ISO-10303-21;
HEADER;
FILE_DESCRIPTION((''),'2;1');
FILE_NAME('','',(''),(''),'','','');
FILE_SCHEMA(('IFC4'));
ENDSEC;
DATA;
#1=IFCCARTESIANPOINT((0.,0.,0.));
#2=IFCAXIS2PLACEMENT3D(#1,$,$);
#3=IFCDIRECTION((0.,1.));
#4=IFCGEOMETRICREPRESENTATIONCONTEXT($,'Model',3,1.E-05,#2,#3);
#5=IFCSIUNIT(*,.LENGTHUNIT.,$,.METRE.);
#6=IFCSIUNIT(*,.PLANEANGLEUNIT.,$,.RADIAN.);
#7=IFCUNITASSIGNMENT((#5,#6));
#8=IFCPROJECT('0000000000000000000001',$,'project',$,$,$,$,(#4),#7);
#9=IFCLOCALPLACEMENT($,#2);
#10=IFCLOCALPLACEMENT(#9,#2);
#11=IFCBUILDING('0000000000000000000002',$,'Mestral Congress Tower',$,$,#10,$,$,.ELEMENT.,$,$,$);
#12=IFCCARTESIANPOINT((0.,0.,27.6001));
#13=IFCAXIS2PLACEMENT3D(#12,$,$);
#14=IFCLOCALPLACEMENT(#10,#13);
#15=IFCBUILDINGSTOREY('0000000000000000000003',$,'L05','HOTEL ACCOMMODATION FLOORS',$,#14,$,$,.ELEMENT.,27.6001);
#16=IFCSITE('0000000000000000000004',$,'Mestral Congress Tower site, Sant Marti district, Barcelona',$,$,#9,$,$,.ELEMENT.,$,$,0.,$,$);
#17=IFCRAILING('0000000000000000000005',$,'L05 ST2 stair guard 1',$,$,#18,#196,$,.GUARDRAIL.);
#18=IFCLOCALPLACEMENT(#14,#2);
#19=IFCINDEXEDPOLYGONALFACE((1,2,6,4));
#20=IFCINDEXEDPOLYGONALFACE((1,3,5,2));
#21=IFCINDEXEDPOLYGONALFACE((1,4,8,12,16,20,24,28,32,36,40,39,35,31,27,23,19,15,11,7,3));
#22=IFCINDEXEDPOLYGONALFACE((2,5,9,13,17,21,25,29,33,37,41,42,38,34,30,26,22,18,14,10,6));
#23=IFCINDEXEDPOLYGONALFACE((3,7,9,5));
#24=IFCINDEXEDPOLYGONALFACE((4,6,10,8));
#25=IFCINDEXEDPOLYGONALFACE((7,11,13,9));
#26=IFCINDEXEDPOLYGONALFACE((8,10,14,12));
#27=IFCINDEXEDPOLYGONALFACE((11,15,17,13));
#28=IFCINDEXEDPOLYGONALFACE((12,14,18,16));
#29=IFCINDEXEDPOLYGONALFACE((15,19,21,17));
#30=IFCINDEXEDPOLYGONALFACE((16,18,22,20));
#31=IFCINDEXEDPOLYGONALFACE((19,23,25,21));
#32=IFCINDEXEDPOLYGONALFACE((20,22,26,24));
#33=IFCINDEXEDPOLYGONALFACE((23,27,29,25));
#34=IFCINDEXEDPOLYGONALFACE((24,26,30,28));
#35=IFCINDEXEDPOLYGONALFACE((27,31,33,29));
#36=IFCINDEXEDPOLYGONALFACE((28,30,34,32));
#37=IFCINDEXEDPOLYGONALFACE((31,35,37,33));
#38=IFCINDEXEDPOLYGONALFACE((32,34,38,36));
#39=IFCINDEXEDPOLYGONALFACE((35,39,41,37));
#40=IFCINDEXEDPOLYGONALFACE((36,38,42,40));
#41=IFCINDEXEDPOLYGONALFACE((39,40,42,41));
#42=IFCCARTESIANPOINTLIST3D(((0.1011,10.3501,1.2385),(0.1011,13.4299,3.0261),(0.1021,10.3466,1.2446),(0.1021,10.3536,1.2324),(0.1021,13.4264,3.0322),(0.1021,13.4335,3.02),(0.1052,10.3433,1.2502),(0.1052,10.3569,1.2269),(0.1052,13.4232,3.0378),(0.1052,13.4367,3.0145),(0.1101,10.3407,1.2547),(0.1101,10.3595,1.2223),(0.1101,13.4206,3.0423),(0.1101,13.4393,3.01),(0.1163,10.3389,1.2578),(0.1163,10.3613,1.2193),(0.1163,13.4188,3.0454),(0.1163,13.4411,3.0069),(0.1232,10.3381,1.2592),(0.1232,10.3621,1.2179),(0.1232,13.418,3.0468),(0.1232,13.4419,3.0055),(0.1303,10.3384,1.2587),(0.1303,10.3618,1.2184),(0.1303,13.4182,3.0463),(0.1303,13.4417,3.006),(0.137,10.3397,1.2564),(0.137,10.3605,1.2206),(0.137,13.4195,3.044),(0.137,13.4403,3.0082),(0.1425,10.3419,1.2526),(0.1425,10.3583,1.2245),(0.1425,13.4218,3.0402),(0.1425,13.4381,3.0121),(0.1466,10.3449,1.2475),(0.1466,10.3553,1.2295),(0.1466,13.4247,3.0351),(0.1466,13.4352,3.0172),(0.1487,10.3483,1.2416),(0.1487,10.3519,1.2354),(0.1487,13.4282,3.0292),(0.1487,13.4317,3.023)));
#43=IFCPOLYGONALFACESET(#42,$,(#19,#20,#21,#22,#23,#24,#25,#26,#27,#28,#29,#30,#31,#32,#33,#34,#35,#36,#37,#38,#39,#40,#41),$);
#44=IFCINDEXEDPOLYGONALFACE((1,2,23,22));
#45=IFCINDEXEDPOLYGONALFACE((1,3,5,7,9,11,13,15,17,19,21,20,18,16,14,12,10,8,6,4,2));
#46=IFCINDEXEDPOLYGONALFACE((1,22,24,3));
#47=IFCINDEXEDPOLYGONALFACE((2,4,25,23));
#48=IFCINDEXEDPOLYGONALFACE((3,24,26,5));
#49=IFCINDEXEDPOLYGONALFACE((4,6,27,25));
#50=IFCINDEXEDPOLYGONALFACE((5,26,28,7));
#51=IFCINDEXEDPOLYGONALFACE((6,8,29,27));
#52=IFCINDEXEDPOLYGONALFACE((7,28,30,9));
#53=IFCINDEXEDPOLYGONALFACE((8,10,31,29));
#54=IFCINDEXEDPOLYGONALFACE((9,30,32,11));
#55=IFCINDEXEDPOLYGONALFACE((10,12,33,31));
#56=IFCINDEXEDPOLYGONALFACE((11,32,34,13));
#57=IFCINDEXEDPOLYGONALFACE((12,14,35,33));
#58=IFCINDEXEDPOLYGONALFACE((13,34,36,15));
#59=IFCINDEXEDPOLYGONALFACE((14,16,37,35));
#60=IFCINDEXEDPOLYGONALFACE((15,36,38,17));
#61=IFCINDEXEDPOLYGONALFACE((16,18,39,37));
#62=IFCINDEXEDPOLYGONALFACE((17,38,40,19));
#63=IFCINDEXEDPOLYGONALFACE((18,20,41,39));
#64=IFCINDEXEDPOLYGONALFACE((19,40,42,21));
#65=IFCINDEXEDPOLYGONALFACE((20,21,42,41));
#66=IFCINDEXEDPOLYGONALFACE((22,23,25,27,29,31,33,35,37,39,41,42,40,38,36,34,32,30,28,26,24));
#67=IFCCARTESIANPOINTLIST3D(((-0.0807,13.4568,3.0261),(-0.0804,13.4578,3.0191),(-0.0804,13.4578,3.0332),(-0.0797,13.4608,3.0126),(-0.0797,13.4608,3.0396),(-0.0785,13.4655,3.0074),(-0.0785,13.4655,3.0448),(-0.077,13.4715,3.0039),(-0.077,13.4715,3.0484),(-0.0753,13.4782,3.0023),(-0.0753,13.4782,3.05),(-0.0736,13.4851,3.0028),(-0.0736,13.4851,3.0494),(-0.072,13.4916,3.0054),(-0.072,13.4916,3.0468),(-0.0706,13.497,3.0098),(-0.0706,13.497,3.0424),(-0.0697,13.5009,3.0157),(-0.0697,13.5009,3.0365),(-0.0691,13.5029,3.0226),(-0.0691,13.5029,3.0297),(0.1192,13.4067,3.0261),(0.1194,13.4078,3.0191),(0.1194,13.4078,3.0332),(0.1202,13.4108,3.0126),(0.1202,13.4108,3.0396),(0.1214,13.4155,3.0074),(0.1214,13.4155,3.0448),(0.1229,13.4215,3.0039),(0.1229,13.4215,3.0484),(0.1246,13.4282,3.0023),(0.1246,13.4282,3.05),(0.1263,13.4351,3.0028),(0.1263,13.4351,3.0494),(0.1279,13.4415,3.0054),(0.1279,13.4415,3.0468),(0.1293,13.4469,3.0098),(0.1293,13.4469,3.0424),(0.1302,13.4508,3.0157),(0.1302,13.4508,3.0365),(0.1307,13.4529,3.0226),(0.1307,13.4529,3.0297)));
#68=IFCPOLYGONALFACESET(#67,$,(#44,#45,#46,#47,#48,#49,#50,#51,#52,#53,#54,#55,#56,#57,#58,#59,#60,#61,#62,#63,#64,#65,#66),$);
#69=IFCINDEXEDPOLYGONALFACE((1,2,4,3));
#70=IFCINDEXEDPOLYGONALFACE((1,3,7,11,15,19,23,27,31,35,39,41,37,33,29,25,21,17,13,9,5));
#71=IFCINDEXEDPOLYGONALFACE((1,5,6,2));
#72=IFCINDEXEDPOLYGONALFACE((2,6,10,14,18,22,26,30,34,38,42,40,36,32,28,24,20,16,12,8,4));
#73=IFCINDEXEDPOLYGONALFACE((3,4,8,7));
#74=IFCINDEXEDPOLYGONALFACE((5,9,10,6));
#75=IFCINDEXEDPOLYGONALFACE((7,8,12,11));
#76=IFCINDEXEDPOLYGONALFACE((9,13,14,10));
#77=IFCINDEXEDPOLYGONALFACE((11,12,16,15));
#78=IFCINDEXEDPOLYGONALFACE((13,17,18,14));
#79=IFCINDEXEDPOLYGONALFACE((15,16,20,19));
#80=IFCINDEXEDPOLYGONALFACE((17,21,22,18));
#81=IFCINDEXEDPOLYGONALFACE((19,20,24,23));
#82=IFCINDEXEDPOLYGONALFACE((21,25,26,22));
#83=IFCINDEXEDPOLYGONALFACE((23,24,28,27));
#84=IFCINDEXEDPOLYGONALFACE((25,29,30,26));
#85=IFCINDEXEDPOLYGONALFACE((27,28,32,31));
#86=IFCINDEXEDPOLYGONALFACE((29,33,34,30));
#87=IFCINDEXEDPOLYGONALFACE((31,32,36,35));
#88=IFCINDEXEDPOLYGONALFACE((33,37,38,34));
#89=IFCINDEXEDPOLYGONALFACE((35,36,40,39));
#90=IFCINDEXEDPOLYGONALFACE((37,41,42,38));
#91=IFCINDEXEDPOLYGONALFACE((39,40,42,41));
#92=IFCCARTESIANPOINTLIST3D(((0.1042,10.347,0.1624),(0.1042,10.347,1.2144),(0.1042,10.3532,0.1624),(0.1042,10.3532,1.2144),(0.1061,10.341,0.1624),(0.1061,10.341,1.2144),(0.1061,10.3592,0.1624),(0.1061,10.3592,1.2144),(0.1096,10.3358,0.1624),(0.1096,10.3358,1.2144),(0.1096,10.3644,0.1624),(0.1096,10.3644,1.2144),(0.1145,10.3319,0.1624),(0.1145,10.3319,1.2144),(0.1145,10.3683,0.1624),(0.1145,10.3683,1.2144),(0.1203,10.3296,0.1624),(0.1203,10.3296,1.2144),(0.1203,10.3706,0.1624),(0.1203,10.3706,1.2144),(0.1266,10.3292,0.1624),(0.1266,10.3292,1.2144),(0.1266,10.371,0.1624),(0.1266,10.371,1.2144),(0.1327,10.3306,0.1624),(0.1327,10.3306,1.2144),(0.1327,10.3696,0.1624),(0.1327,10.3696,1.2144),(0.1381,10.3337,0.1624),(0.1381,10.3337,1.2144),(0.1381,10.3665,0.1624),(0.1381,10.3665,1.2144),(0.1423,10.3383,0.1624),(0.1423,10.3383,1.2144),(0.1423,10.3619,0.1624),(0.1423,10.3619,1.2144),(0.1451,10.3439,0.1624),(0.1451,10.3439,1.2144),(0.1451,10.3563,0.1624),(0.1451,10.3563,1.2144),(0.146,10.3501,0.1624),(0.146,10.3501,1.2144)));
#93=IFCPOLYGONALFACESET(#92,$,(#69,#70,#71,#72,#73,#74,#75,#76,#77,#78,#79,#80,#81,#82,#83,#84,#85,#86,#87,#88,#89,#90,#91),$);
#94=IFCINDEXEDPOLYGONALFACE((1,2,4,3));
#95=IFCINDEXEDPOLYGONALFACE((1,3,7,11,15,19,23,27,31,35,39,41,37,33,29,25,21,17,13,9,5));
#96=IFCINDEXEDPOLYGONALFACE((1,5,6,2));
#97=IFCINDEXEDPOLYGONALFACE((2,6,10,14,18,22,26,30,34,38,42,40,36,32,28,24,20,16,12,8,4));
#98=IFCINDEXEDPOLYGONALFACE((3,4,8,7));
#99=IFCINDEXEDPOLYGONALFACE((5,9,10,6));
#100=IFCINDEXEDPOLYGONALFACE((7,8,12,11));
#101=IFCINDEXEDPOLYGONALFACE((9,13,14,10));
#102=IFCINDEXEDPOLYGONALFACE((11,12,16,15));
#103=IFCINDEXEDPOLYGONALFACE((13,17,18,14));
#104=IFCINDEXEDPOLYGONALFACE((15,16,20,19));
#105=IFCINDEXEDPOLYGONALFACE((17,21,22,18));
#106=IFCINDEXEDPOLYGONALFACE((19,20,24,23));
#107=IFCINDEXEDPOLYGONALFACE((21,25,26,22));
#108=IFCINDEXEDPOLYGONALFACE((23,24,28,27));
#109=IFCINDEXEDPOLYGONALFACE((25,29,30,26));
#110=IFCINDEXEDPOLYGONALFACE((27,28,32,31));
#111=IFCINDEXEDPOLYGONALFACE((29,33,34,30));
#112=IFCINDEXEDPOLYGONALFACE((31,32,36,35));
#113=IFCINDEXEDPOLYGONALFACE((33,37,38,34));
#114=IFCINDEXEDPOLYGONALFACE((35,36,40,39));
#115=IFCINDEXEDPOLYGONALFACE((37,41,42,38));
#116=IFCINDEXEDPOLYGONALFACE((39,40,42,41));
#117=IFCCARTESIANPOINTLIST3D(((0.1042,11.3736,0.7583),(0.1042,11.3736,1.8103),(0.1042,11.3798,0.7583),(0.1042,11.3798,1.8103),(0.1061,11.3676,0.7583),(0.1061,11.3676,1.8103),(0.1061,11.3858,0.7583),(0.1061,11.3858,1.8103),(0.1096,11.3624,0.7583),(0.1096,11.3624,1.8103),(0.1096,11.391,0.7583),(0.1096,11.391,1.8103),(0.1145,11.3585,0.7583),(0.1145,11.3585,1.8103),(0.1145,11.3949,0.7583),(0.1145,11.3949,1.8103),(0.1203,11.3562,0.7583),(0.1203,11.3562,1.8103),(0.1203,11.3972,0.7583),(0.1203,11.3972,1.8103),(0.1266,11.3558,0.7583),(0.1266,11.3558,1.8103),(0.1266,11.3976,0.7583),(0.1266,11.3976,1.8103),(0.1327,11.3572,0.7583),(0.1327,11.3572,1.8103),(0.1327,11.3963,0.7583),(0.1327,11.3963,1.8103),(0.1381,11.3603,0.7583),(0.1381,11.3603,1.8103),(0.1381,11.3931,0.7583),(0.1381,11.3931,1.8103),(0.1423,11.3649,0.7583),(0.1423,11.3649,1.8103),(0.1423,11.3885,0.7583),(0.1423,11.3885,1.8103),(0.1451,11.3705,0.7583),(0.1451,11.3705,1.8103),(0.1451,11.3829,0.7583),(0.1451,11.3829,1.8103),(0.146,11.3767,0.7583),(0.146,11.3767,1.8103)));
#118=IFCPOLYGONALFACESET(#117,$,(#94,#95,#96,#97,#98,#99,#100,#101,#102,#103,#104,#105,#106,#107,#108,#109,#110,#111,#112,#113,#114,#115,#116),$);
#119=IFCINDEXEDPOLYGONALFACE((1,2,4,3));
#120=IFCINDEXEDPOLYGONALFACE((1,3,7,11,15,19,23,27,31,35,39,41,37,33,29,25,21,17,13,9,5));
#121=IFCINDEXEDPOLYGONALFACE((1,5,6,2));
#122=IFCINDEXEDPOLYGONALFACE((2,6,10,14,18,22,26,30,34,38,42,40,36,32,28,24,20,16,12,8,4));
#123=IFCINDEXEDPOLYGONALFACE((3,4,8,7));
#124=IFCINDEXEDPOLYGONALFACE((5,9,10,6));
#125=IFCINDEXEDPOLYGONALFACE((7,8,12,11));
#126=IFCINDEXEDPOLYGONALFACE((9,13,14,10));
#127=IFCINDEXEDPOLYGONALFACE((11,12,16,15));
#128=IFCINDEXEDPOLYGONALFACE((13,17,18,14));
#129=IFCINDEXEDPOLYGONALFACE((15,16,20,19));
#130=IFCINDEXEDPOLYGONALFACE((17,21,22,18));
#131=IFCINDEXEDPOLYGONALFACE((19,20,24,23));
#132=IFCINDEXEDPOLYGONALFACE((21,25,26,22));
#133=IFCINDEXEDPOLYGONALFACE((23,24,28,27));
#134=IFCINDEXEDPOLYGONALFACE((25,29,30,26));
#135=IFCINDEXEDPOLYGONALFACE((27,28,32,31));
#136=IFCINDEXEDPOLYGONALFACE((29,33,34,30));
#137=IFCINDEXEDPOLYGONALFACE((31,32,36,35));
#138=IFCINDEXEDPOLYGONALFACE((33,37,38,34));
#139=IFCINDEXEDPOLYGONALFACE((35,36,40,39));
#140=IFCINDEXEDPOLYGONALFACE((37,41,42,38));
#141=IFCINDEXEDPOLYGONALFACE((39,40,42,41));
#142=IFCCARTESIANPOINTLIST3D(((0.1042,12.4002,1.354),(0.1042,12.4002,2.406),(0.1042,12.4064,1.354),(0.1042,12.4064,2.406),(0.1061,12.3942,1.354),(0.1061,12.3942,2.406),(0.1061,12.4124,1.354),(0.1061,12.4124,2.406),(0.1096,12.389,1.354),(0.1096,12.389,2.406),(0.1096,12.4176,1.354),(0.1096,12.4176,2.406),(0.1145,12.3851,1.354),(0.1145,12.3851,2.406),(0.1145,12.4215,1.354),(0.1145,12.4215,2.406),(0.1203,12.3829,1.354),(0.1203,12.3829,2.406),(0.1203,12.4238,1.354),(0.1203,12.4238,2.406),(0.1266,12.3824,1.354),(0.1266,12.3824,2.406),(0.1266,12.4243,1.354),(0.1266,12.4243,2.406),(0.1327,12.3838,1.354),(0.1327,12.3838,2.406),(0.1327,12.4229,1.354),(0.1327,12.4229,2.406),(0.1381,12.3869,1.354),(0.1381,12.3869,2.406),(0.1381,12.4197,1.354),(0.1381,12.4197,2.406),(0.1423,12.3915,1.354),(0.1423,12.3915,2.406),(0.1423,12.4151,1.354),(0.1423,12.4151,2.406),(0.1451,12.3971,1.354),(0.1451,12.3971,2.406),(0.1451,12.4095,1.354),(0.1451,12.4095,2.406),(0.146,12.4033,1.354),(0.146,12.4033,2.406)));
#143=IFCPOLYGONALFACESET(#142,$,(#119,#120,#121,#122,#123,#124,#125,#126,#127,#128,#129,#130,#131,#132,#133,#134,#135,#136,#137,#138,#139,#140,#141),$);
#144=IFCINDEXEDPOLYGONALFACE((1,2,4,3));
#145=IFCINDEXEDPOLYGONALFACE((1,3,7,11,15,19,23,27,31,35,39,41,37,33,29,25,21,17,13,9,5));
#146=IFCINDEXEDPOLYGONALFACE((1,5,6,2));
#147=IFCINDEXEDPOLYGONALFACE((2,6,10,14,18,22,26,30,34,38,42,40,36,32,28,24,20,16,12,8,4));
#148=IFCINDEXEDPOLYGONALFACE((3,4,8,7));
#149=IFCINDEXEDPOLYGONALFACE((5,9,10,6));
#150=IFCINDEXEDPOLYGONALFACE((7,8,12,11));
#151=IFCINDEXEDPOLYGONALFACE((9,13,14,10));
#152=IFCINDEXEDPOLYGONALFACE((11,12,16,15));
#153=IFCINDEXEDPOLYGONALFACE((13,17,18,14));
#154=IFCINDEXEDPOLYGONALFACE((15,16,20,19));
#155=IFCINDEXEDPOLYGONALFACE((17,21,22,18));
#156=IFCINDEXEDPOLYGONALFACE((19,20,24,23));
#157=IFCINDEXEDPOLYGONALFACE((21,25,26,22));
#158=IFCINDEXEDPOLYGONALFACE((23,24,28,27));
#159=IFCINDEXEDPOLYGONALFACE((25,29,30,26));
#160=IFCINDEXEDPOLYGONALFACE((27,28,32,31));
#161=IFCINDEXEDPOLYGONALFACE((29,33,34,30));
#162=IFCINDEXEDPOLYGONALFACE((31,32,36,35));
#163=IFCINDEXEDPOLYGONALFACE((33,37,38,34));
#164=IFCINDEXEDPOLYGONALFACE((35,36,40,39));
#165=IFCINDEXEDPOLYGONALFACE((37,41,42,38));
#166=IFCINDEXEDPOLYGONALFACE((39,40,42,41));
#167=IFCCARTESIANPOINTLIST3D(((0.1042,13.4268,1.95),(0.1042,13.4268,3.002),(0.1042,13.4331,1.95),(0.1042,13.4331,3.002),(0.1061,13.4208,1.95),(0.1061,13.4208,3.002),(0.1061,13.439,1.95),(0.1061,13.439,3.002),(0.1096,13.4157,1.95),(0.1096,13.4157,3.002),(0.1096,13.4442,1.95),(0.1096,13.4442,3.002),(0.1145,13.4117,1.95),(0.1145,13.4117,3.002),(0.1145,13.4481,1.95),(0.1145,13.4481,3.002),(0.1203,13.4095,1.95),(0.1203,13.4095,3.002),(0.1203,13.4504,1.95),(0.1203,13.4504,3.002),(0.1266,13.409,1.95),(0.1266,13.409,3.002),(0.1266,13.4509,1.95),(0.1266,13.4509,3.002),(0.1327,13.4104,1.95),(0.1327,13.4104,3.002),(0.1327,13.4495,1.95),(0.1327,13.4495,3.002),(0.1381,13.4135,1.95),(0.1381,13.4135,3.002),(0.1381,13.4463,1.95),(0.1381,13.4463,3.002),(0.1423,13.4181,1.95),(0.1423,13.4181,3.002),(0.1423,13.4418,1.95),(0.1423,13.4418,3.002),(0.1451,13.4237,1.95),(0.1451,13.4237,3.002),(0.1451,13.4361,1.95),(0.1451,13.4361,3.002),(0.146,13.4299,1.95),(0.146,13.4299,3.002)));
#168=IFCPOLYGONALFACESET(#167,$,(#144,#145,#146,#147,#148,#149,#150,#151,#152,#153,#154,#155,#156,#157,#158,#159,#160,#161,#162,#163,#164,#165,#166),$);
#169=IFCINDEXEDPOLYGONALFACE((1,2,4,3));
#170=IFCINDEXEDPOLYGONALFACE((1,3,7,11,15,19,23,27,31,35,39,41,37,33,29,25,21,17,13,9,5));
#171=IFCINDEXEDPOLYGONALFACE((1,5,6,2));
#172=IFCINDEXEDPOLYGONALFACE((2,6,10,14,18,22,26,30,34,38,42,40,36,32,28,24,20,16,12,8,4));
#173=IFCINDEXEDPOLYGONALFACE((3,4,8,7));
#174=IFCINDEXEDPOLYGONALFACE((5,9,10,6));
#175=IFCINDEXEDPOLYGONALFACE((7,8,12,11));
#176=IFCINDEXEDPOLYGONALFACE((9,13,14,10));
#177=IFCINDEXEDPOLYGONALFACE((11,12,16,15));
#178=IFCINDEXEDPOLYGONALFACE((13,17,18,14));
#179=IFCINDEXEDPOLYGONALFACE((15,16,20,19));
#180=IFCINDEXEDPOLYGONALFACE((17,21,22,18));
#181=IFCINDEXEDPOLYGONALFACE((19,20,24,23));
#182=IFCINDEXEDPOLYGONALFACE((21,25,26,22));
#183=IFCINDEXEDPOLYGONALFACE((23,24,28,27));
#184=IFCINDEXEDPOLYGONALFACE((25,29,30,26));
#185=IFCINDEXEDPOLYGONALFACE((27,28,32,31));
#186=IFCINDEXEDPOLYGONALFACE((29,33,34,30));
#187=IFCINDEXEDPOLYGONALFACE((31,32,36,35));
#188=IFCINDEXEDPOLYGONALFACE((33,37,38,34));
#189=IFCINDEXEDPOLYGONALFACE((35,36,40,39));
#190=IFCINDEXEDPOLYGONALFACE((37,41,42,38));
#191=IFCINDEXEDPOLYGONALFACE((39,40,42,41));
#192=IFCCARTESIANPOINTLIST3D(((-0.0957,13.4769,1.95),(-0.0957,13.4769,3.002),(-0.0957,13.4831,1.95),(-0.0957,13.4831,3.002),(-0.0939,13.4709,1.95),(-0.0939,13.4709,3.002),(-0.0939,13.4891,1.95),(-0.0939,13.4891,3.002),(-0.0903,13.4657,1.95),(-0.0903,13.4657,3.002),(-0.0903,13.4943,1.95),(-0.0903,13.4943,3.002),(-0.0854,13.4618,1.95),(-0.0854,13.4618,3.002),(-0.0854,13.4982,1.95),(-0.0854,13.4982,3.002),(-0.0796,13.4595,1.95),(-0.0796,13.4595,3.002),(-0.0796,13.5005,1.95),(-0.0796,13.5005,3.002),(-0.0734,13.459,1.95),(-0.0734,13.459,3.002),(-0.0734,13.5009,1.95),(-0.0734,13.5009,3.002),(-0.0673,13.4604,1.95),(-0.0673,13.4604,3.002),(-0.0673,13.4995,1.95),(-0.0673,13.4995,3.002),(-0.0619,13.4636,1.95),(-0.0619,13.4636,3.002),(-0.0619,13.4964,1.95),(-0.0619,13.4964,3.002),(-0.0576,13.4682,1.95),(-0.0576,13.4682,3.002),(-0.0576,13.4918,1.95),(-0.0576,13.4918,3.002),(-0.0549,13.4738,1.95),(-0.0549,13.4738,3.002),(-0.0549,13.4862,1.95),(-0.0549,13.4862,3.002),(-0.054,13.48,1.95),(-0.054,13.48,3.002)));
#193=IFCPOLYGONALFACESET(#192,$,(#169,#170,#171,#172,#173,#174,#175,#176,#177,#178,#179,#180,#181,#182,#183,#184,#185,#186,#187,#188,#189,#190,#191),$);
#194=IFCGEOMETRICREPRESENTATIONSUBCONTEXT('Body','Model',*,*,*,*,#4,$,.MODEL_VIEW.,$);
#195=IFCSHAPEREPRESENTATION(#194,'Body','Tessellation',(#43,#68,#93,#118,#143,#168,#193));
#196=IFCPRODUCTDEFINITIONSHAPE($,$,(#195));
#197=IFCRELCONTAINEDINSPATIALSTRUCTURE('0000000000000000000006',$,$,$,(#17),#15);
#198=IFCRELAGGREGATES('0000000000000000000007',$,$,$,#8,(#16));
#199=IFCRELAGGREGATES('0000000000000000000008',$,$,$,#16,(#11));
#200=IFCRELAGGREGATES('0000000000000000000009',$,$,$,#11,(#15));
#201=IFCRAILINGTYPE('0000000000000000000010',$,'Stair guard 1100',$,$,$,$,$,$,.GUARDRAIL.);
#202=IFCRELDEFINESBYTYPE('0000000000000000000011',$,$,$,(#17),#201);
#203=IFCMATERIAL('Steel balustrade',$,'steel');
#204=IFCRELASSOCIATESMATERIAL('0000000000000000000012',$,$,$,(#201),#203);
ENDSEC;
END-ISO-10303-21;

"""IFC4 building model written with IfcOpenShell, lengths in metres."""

from ifc_helpers import new_model, si_unit, direction, frame, origin, origin_2d, place, context, subcontext, project, spatial, circle, extrude, material, type_object, element, save


model = new_model("IFC4")

# Units and contexts
model_context = context("Model", 3, precision=1e-05, world=origin(), true_north=direction((0.0, 1.0)))
body_context = subcontext(model_context, "Body", "Model", "MODEL_VIEW")
ifc_project = project(units=[si_unit("LENGTHUNIT", "METRE"), si_unit("PLANEANGLEUNIT", "RADIAN")], contexts=[model_context])

# Site, building, storey
site_placement = place(None, origin())
site = spatial("IfcSite", under=ifc_project, at=site_placement, Name="Mestral Congress Tower site, Sant Marti district, Barcelona", CompositionType="ELEMENT", RefElevation=0.0)
building_placement = place(site_placement, origin())
building = spatial("IfcBuilding", under=site, at=building_placement, Name="Mestral Congress Tower", CompositionType="ELEMENT")
storey_placement = place(building_placement, frame((0.0, 0.0, 27.6001)))
storey = spatial("IfcBuildingStorey", under=building, at=storey_placement, Name="L05", Description="HOTEL ACCOMMODATION FLOORS", CompositionType="ELEMENT", Elevation=27.6001)

# Railing
ifc_material_1 = material(Name="Steel balustrade", Category="steel")
railing_type_1 = type_object("IfcRailingType", Name="Stair guard 1100", PredefinedType="GUARDRAIL", material=ifc_material_1)
railing_1_placement = place(storey_placement, frame((0.125, 10.3501, 0.1624)))
element("IfcRailing", 1, at=railing_1_placement, inside=storey, type_object=railing_type_1, Name="L05 ST2 stair guard 1", PredefinedType="GUARDRAIL", context=body_context, shape_type="SweptSolid", body=[
    extrude(circle(Radius=0.0239, at=origin_2d()), frame((0.0, 0.0, 1.0762), z_axis=(0.0, 0.864873, 0.50199), x_axis=(-1.0, 0.0, 0.0)), (0.0, 0.0, 1.0), 3.561),
    extrude(circle(Radius=0.0239, at=origin_2d()), frame((0.0, 3.0798, 2.8638), z_axis=(-0.970073, 0.242814, 0.0), x_axis=(-0.242814, -0.970073, 0.0)), (0.0, 0.0, 1.0), 0.2061),
    extrude(circle(Radius=0.021, at=origin_2d()), origin(), (0.0, 0.0, 1.0), 1.052),
    extrude(circle(Radius=0.021, at=origin_2d()), frame((0.0, 1.0266, 0.5959)), (0.0, 0.0, 1.0), 1.052),
    extrude(circle(Radius=0.021, at=origin_2d()), frame((0.0, 2.0532, 1.1917)), (0.0, 0.0, 1.0), 1.052),
    extrude(circle(Radius=0.021, at=origin_2d()), frame((0.0, 3.0798, 1.7876)), (0.0, 0.0, 1.0), 1.052),
    extrude(circle(Radius=0.021, at=origin_2d()), frame((-0.2, 3.1299, 1.7876)), (0.0, 0.0, 1.0), 1.052),
])

save(model, "model.ifc")
